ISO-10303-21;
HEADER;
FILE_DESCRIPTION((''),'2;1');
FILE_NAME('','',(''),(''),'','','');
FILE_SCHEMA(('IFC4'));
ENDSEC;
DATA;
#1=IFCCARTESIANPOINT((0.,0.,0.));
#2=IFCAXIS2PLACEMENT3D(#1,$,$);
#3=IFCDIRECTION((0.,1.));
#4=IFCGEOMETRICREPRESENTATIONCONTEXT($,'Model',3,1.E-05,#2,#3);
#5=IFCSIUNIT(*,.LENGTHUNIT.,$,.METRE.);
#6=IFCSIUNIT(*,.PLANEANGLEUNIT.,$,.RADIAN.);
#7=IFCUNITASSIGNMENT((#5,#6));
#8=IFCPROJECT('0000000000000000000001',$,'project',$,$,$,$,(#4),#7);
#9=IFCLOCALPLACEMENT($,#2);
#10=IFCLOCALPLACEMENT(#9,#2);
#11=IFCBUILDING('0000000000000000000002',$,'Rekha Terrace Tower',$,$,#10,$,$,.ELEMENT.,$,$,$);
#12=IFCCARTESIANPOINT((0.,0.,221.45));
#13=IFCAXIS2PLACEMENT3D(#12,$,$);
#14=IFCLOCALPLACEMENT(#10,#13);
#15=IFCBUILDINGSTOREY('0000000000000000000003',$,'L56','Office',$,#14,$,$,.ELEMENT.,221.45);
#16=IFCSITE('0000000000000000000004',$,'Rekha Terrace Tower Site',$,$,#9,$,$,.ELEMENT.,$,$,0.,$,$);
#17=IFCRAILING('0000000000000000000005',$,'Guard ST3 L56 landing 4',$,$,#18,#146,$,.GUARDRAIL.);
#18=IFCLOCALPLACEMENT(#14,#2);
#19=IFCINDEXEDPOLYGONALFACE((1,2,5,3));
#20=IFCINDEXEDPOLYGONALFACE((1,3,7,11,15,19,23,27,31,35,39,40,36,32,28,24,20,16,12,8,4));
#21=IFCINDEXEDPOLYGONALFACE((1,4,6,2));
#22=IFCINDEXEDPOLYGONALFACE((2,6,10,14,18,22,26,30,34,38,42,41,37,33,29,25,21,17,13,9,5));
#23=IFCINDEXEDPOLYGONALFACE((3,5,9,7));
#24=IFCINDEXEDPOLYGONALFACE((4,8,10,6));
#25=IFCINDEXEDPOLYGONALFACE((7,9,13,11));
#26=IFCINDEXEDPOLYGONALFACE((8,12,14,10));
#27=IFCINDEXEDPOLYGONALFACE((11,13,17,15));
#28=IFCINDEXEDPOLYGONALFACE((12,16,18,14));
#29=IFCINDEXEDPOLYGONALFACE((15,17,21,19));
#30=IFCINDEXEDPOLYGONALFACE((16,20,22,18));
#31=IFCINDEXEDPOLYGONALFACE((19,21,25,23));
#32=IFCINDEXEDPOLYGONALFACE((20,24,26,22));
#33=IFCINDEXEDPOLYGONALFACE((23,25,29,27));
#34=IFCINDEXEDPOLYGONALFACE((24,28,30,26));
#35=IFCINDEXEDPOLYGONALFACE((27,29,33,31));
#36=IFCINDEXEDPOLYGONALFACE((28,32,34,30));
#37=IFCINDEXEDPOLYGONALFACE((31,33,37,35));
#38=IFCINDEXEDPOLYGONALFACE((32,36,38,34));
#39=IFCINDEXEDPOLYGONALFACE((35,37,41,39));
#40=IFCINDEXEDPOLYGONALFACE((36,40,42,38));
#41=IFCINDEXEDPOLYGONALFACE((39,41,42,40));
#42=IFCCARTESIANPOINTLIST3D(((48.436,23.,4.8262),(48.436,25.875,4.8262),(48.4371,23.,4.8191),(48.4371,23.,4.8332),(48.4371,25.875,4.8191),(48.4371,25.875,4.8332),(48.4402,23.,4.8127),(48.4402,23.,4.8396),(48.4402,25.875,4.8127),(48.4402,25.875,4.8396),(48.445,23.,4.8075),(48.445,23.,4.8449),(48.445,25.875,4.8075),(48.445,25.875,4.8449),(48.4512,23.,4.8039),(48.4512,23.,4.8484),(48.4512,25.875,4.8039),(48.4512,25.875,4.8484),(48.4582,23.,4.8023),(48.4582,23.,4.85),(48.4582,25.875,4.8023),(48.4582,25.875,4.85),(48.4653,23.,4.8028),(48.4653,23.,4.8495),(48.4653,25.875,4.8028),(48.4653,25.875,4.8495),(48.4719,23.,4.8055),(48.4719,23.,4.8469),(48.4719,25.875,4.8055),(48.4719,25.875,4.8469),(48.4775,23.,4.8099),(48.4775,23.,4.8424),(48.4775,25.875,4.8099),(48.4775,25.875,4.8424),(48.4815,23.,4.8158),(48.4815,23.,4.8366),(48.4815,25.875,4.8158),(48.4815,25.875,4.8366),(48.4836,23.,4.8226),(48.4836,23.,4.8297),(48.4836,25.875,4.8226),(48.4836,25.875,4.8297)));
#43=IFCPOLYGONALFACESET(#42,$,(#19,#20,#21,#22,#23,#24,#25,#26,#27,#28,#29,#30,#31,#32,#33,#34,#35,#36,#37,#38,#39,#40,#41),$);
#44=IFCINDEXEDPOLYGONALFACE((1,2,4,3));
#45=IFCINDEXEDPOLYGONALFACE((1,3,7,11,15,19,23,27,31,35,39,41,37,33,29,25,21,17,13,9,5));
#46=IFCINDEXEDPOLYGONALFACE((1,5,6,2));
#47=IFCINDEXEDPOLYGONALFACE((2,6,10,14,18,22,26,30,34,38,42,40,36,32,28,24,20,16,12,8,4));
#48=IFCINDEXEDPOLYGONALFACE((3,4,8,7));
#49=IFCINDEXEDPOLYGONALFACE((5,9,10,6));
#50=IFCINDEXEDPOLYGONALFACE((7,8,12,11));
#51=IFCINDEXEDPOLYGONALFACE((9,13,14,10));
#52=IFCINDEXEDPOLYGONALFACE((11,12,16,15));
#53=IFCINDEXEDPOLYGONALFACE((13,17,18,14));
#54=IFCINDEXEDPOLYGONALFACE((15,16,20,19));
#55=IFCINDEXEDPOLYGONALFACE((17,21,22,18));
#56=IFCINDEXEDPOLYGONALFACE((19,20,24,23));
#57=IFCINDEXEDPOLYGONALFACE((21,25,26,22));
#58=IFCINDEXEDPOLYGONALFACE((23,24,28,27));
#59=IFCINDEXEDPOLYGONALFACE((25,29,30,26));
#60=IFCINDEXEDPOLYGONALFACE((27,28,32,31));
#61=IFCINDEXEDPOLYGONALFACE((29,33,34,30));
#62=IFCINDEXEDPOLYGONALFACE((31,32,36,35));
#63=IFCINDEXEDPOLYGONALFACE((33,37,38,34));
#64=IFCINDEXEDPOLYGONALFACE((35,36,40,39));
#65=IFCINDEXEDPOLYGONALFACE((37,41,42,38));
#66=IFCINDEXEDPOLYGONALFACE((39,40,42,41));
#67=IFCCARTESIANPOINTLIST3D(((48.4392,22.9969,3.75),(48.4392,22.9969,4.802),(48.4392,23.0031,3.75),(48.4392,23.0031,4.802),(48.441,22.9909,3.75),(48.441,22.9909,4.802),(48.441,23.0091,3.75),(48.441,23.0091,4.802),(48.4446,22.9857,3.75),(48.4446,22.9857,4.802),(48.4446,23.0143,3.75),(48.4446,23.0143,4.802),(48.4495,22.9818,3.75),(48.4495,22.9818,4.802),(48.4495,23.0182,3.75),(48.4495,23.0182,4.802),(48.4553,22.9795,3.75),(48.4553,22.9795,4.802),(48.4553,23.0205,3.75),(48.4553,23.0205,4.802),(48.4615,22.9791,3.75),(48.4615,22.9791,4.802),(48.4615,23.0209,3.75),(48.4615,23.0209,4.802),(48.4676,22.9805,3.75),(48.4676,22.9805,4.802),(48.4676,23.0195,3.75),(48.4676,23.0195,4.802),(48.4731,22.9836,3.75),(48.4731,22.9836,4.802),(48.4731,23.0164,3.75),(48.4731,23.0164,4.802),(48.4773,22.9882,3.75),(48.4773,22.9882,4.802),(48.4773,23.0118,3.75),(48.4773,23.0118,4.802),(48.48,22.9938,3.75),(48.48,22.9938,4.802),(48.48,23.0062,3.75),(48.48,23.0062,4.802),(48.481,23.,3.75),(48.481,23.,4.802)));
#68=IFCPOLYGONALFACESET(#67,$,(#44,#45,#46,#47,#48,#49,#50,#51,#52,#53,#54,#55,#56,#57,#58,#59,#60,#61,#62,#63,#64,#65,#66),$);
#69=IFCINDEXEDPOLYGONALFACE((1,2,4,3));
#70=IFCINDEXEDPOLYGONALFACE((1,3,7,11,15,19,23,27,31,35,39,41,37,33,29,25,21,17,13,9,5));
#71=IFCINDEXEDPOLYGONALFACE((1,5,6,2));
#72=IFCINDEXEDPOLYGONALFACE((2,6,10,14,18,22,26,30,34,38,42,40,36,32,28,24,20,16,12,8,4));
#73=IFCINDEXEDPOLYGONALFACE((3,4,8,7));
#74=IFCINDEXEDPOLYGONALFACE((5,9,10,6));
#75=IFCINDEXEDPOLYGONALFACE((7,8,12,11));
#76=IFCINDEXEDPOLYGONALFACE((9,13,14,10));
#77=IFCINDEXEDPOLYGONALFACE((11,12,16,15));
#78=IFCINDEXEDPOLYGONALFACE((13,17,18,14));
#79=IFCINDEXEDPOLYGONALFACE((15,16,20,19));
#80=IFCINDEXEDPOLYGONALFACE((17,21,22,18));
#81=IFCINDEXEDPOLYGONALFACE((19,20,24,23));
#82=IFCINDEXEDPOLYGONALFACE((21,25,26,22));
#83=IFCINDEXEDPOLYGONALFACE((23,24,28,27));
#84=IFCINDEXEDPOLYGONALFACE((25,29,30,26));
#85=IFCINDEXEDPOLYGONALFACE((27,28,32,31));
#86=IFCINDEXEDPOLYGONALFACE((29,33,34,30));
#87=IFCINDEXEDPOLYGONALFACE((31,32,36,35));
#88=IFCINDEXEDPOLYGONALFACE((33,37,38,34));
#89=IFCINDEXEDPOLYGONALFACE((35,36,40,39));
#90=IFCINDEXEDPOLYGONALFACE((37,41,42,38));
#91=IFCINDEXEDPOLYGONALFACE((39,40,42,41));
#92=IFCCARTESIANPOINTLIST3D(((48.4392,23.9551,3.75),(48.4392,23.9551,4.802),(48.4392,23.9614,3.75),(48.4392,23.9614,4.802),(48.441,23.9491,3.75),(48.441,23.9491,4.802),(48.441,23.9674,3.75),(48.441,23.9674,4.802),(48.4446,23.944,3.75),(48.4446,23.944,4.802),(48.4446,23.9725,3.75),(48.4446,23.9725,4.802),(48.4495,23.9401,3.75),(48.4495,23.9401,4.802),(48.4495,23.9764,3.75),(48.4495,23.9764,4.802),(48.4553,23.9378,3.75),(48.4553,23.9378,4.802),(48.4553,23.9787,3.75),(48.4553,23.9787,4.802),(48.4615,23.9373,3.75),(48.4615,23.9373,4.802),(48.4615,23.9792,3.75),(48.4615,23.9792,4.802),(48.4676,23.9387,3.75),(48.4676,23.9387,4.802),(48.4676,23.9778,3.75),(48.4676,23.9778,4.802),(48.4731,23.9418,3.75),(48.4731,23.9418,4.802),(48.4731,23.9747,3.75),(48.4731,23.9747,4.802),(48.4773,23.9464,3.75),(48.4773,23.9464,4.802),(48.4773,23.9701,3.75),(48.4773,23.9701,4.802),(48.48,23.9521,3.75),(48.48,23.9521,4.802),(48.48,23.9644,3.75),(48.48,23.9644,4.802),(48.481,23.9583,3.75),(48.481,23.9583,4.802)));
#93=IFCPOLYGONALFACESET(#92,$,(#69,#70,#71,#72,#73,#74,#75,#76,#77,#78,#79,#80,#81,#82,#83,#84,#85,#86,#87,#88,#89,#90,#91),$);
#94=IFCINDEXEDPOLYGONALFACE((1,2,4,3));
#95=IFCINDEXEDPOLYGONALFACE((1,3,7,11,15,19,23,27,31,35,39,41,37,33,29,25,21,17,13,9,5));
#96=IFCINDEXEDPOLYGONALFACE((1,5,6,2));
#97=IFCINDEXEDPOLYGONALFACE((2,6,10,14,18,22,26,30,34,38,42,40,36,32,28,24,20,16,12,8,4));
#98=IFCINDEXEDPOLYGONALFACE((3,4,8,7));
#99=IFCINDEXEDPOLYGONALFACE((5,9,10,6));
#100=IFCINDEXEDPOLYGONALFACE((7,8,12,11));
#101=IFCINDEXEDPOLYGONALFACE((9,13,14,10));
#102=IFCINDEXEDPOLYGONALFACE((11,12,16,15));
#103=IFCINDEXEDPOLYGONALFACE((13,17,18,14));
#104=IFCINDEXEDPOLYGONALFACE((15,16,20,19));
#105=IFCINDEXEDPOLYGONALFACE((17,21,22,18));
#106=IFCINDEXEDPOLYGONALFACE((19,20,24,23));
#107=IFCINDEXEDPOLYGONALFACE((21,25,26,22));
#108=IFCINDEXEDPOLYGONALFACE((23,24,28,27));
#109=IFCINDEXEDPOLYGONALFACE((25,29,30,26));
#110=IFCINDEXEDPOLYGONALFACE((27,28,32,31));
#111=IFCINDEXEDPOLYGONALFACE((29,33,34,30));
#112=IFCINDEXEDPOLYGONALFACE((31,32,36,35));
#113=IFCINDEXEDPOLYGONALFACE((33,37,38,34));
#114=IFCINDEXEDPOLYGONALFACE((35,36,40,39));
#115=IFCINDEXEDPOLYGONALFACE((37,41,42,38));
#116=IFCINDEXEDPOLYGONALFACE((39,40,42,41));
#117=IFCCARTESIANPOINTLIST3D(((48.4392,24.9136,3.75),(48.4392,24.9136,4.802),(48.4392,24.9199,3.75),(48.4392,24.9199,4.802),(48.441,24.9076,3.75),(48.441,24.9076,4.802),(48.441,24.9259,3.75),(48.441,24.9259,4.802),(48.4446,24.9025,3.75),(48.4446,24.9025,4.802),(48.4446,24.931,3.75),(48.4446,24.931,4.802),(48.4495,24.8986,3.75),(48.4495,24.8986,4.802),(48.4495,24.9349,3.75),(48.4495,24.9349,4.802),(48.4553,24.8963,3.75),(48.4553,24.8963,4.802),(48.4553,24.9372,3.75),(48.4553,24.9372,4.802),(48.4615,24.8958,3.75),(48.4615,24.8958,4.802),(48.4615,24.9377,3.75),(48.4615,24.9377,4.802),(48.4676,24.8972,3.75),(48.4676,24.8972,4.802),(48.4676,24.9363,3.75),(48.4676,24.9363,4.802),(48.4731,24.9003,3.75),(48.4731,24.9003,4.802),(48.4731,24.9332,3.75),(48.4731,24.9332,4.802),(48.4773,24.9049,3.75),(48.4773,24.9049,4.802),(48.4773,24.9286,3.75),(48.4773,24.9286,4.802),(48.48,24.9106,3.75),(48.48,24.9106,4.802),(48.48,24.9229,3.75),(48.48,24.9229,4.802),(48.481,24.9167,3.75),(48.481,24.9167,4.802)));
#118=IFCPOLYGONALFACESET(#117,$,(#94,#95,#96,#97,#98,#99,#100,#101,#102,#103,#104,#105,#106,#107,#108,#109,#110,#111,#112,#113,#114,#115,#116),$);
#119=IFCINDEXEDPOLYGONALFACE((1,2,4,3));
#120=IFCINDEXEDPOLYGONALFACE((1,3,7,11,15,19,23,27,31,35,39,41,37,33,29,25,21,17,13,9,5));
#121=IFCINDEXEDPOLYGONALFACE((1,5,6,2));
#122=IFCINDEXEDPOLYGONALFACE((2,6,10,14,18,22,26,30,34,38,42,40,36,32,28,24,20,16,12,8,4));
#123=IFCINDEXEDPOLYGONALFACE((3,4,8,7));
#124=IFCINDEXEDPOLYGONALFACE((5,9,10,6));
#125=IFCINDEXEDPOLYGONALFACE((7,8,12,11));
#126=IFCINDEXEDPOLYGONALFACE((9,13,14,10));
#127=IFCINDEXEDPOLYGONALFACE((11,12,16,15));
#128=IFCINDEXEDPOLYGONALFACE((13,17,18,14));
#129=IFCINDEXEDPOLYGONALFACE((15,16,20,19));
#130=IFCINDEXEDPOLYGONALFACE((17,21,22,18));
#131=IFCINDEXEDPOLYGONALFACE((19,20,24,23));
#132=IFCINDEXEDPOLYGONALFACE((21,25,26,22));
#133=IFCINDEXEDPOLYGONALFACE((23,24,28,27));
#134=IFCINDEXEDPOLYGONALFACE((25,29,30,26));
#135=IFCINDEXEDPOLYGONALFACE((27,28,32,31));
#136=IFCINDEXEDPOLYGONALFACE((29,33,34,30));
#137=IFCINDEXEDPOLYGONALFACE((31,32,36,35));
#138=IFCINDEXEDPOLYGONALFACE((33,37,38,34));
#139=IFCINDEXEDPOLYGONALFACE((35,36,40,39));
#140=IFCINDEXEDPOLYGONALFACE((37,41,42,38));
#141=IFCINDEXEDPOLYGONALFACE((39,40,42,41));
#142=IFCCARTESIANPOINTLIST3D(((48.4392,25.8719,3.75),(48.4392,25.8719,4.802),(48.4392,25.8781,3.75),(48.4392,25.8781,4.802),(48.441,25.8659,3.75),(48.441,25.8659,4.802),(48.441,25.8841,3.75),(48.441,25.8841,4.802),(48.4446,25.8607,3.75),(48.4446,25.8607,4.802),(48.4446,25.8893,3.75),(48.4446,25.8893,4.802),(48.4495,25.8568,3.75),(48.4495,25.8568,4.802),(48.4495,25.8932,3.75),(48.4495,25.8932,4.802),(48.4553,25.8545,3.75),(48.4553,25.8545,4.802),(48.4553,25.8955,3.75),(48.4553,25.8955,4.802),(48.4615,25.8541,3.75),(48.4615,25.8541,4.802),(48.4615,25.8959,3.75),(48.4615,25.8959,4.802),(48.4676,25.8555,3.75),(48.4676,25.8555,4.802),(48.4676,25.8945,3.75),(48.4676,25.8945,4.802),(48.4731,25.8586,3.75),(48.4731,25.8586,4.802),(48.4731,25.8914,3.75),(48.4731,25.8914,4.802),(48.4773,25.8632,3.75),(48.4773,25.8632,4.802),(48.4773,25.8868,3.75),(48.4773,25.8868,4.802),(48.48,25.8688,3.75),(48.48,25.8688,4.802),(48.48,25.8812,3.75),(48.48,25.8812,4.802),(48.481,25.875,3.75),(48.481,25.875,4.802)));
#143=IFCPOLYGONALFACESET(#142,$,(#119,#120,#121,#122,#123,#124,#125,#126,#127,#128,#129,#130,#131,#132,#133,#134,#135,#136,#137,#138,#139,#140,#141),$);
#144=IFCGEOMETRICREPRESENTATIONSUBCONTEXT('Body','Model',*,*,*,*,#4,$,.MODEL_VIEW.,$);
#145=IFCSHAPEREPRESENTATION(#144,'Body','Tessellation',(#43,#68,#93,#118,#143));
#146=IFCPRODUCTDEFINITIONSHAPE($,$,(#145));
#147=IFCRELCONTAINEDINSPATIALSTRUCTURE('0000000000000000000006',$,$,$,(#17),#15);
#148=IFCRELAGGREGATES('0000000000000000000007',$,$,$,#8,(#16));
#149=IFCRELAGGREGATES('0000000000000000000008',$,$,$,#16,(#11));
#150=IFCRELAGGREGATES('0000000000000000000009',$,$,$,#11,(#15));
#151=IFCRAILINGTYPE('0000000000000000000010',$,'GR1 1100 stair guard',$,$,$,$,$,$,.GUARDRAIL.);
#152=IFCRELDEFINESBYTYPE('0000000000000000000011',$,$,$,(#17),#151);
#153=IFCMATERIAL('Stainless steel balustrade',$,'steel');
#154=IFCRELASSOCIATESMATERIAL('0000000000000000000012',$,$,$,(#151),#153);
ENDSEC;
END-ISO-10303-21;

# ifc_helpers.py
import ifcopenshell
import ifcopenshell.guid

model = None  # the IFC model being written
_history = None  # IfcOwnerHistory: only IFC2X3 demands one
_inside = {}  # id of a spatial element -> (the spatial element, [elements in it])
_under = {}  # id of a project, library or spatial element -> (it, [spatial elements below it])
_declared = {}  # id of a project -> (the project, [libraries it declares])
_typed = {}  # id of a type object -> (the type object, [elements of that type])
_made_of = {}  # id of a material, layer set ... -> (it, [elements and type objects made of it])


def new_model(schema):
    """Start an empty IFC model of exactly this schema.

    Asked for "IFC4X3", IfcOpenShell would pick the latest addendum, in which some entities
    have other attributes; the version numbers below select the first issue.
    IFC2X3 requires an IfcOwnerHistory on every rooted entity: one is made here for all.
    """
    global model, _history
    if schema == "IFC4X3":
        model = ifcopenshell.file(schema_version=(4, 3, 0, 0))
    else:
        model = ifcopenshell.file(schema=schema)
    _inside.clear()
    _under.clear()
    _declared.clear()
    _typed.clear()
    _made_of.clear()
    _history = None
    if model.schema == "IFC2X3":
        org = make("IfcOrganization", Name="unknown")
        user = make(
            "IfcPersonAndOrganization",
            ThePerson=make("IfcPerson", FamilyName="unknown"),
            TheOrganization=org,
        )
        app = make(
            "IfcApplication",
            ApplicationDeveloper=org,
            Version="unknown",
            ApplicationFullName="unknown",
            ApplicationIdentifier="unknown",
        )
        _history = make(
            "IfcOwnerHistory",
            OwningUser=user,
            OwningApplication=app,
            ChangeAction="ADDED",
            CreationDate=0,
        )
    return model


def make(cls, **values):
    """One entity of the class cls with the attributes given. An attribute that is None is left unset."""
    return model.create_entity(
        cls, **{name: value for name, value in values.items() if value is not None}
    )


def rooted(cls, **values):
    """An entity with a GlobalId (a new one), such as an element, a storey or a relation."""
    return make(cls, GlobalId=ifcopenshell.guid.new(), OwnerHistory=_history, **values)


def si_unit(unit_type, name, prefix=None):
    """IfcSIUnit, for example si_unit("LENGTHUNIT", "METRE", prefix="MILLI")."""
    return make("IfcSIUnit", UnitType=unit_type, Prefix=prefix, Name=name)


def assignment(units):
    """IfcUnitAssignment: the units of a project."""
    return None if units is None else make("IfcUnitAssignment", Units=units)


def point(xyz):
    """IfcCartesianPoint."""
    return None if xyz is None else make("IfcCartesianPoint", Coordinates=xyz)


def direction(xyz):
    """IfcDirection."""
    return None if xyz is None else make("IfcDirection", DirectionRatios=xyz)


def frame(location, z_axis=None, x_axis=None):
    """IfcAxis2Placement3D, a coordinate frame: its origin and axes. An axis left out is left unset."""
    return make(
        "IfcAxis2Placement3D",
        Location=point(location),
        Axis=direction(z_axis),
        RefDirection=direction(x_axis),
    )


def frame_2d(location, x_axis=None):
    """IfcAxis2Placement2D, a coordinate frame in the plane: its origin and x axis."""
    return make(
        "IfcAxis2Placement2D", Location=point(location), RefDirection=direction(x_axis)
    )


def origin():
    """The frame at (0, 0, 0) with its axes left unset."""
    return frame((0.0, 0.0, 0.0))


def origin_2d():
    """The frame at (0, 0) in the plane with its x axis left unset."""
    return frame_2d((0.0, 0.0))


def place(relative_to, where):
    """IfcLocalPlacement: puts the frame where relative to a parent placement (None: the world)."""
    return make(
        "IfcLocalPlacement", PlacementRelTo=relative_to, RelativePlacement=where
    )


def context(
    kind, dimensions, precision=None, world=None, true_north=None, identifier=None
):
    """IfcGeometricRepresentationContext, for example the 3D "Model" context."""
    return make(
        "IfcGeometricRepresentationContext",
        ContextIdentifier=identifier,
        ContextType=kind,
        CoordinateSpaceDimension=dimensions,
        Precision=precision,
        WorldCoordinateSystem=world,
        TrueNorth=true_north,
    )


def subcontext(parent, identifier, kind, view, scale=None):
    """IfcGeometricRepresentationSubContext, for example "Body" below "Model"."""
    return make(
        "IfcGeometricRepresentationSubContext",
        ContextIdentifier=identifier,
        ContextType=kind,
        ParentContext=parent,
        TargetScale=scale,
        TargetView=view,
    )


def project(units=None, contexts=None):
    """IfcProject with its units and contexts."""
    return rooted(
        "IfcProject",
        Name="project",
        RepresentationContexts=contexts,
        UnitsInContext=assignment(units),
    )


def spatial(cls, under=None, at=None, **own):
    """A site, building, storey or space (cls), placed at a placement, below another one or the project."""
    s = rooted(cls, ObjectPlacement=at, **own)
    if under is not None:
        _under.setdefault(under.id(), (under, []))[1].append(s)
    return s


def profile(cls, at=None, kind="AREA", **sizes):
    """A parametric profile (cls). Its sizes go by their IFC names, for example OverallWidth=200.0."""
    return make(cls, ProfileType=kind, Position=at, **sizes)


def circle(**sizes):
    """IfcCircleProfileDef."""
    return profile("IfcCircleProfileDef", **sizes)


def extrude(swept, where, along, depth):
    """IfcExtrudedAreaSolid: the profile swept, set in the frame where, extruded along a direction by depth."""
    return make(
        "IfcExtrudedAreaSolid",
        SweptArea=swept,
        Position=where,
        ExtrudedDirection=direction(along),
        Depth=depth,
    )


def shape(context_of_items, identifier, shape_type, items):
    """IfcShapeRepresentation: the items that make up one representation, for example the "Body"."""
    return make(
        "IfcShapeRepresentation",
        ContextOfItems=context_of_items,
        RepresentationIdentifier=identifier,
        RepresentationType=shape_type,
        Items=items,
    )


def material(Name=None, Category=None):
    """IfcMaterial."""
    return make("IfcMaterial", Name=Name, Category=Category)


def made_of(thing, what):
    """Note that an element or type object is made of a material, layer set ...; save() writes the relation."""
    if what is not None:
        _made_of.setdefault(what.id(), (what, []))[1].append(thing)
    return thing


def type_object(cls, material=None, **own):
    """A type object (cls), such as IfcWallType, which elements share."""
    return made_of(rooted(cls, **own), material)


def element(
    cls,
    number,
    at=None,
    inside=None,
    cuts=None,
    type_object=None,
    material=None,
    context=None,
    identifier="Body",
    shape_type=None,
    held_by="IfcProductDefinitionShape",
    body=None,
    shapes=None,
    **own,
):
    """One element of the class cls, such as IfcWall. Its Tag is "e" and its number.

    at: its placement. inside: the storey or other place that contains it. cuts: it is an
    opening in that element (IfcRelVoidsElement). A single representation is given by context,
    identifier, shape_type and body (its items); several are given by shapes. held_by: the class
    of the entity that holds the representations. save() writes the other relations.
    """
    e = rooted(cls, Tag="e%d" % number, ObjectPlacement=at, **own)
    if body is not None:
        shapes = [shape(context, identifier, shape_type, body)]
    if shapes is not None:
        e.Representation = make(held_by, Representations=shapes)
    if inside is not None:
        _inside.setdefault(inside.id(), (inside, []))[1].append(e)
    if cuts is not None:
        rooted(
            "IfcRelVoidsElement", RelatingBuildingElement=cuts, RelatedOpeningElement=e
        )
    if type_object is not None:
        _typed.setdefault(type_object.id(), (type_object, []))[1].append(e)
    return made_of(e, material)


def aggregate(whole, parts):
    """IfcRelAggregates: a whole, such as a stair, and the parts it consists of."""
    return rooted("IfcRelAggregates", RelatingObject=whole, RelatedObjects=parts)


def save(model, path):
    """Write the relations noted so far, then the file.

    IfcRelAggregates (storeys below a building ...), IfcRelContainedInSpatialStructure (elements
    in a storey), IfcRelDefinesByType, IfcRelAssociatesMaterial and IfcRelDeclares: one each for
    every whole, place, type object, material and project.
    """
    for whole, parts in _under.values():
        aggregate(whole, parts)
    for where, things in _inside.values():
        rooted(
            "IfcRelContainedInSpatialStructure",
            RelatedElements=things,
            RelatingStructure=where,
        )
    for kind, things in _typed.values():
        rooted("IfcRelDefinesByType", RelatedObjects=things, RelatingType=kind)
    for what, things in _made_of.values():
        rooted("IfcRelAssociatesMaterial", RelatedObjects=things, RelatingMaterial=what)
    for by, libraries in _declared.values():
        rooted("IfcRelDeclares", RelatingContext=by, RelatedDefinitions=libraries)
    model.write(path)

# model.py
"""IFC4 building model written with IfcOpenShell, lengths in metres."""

from ifc_helpers import new_model, si_unit, direction, frame, origin, origin_2d, place, context, subcontext, project, spatial, circle, extrude, material, type_object, element, save


model = new_model("IFC4")

# Units and contexts
model_context = context("Model", 3, precision=1e-05, world=origin(), true_north=direction((0.0, 1.0)))
body_context = subcontext(model_context, "Body", "Model", "MODEL_VIEW")
ifc_project = project(units=[si_unit("LENGTHUNIT", "METRE"), si_unit("PLANEANGLEUNIT", "RADIAN")], contexts=[model_context])

# Site, building, storey
site_placement = place(None, origin())
site = spatial("IfcSite", under=ifc_project, at=site_placement, Name="Rekha Terrace Tower Site", CompositionType="ELEMENT", RefElevation=0.0)
building_placement = place(site_placement, origin())
building = spatial("IfcBuilding", under=site, at=building_placement, Name="Rekha Terrace Tower", CompositionType="ELEMENT")
storey_placement = place(building_placement, frame((0.0, 0.0, 221.45)))
storey = spatial("IfcBuildingStorey", under=building, at=storey_placement, Name="L56", Description="Office", CompositionType="ELEMENT", Elevation=221.45)

# Railing
ifc_material_1 = material(Name="Stainless steel balustrade", Category="steel")
railing_type_1 = type_object("IfcRailingType", Name="GR1 1100 stair guard", PredefinedType="GUARDRAIL", material=ifc_material_1)
railing_1_placement = place(storey_placement, frame((48.46, 23.0, 3.75)))
element("IfcRailing", 1, at=railing_1_placement, inside=storey, type_object=railing_type_1, Name="Guard ST3 L56 landing 4", PredefinedType="GUARDRAIL", context=body_context, shape_type="SweptSolid", body=[
    extrude(circle(Radius=0.0239, at=origin_2d()), frame((0.0, 0.0, 1.0762), z_axis=(0.0, 1.0, 0.0), x_axis=(-1.0, 0.0, 0.0)), (0.0, 0.0, 1.0), 2.875),
    extrude(circle(Radius=0.021, at=origin_2d()), origin(), (0.0, 0.0, 1.0), 1.052),
    extrude(circle(Radius=0.021, at=origin_2d()), frame((0.0, 0.9583, 0.0)), (0.0, 0.0, 1.0), 1.052),
    extrude(circle(Radius=0.021, at=origin_2d()), frame((0.0, 1.9167, 0.0)), (0.0, 0.0, 1.0), 1.052),
    extrude(circle(Radius=0.021, at=origin_2d()), frame((0.0, 2.875, 0.0)), (0.0, 0.0, 1.0), 1.052),
])

save(model, "model.ifc")
